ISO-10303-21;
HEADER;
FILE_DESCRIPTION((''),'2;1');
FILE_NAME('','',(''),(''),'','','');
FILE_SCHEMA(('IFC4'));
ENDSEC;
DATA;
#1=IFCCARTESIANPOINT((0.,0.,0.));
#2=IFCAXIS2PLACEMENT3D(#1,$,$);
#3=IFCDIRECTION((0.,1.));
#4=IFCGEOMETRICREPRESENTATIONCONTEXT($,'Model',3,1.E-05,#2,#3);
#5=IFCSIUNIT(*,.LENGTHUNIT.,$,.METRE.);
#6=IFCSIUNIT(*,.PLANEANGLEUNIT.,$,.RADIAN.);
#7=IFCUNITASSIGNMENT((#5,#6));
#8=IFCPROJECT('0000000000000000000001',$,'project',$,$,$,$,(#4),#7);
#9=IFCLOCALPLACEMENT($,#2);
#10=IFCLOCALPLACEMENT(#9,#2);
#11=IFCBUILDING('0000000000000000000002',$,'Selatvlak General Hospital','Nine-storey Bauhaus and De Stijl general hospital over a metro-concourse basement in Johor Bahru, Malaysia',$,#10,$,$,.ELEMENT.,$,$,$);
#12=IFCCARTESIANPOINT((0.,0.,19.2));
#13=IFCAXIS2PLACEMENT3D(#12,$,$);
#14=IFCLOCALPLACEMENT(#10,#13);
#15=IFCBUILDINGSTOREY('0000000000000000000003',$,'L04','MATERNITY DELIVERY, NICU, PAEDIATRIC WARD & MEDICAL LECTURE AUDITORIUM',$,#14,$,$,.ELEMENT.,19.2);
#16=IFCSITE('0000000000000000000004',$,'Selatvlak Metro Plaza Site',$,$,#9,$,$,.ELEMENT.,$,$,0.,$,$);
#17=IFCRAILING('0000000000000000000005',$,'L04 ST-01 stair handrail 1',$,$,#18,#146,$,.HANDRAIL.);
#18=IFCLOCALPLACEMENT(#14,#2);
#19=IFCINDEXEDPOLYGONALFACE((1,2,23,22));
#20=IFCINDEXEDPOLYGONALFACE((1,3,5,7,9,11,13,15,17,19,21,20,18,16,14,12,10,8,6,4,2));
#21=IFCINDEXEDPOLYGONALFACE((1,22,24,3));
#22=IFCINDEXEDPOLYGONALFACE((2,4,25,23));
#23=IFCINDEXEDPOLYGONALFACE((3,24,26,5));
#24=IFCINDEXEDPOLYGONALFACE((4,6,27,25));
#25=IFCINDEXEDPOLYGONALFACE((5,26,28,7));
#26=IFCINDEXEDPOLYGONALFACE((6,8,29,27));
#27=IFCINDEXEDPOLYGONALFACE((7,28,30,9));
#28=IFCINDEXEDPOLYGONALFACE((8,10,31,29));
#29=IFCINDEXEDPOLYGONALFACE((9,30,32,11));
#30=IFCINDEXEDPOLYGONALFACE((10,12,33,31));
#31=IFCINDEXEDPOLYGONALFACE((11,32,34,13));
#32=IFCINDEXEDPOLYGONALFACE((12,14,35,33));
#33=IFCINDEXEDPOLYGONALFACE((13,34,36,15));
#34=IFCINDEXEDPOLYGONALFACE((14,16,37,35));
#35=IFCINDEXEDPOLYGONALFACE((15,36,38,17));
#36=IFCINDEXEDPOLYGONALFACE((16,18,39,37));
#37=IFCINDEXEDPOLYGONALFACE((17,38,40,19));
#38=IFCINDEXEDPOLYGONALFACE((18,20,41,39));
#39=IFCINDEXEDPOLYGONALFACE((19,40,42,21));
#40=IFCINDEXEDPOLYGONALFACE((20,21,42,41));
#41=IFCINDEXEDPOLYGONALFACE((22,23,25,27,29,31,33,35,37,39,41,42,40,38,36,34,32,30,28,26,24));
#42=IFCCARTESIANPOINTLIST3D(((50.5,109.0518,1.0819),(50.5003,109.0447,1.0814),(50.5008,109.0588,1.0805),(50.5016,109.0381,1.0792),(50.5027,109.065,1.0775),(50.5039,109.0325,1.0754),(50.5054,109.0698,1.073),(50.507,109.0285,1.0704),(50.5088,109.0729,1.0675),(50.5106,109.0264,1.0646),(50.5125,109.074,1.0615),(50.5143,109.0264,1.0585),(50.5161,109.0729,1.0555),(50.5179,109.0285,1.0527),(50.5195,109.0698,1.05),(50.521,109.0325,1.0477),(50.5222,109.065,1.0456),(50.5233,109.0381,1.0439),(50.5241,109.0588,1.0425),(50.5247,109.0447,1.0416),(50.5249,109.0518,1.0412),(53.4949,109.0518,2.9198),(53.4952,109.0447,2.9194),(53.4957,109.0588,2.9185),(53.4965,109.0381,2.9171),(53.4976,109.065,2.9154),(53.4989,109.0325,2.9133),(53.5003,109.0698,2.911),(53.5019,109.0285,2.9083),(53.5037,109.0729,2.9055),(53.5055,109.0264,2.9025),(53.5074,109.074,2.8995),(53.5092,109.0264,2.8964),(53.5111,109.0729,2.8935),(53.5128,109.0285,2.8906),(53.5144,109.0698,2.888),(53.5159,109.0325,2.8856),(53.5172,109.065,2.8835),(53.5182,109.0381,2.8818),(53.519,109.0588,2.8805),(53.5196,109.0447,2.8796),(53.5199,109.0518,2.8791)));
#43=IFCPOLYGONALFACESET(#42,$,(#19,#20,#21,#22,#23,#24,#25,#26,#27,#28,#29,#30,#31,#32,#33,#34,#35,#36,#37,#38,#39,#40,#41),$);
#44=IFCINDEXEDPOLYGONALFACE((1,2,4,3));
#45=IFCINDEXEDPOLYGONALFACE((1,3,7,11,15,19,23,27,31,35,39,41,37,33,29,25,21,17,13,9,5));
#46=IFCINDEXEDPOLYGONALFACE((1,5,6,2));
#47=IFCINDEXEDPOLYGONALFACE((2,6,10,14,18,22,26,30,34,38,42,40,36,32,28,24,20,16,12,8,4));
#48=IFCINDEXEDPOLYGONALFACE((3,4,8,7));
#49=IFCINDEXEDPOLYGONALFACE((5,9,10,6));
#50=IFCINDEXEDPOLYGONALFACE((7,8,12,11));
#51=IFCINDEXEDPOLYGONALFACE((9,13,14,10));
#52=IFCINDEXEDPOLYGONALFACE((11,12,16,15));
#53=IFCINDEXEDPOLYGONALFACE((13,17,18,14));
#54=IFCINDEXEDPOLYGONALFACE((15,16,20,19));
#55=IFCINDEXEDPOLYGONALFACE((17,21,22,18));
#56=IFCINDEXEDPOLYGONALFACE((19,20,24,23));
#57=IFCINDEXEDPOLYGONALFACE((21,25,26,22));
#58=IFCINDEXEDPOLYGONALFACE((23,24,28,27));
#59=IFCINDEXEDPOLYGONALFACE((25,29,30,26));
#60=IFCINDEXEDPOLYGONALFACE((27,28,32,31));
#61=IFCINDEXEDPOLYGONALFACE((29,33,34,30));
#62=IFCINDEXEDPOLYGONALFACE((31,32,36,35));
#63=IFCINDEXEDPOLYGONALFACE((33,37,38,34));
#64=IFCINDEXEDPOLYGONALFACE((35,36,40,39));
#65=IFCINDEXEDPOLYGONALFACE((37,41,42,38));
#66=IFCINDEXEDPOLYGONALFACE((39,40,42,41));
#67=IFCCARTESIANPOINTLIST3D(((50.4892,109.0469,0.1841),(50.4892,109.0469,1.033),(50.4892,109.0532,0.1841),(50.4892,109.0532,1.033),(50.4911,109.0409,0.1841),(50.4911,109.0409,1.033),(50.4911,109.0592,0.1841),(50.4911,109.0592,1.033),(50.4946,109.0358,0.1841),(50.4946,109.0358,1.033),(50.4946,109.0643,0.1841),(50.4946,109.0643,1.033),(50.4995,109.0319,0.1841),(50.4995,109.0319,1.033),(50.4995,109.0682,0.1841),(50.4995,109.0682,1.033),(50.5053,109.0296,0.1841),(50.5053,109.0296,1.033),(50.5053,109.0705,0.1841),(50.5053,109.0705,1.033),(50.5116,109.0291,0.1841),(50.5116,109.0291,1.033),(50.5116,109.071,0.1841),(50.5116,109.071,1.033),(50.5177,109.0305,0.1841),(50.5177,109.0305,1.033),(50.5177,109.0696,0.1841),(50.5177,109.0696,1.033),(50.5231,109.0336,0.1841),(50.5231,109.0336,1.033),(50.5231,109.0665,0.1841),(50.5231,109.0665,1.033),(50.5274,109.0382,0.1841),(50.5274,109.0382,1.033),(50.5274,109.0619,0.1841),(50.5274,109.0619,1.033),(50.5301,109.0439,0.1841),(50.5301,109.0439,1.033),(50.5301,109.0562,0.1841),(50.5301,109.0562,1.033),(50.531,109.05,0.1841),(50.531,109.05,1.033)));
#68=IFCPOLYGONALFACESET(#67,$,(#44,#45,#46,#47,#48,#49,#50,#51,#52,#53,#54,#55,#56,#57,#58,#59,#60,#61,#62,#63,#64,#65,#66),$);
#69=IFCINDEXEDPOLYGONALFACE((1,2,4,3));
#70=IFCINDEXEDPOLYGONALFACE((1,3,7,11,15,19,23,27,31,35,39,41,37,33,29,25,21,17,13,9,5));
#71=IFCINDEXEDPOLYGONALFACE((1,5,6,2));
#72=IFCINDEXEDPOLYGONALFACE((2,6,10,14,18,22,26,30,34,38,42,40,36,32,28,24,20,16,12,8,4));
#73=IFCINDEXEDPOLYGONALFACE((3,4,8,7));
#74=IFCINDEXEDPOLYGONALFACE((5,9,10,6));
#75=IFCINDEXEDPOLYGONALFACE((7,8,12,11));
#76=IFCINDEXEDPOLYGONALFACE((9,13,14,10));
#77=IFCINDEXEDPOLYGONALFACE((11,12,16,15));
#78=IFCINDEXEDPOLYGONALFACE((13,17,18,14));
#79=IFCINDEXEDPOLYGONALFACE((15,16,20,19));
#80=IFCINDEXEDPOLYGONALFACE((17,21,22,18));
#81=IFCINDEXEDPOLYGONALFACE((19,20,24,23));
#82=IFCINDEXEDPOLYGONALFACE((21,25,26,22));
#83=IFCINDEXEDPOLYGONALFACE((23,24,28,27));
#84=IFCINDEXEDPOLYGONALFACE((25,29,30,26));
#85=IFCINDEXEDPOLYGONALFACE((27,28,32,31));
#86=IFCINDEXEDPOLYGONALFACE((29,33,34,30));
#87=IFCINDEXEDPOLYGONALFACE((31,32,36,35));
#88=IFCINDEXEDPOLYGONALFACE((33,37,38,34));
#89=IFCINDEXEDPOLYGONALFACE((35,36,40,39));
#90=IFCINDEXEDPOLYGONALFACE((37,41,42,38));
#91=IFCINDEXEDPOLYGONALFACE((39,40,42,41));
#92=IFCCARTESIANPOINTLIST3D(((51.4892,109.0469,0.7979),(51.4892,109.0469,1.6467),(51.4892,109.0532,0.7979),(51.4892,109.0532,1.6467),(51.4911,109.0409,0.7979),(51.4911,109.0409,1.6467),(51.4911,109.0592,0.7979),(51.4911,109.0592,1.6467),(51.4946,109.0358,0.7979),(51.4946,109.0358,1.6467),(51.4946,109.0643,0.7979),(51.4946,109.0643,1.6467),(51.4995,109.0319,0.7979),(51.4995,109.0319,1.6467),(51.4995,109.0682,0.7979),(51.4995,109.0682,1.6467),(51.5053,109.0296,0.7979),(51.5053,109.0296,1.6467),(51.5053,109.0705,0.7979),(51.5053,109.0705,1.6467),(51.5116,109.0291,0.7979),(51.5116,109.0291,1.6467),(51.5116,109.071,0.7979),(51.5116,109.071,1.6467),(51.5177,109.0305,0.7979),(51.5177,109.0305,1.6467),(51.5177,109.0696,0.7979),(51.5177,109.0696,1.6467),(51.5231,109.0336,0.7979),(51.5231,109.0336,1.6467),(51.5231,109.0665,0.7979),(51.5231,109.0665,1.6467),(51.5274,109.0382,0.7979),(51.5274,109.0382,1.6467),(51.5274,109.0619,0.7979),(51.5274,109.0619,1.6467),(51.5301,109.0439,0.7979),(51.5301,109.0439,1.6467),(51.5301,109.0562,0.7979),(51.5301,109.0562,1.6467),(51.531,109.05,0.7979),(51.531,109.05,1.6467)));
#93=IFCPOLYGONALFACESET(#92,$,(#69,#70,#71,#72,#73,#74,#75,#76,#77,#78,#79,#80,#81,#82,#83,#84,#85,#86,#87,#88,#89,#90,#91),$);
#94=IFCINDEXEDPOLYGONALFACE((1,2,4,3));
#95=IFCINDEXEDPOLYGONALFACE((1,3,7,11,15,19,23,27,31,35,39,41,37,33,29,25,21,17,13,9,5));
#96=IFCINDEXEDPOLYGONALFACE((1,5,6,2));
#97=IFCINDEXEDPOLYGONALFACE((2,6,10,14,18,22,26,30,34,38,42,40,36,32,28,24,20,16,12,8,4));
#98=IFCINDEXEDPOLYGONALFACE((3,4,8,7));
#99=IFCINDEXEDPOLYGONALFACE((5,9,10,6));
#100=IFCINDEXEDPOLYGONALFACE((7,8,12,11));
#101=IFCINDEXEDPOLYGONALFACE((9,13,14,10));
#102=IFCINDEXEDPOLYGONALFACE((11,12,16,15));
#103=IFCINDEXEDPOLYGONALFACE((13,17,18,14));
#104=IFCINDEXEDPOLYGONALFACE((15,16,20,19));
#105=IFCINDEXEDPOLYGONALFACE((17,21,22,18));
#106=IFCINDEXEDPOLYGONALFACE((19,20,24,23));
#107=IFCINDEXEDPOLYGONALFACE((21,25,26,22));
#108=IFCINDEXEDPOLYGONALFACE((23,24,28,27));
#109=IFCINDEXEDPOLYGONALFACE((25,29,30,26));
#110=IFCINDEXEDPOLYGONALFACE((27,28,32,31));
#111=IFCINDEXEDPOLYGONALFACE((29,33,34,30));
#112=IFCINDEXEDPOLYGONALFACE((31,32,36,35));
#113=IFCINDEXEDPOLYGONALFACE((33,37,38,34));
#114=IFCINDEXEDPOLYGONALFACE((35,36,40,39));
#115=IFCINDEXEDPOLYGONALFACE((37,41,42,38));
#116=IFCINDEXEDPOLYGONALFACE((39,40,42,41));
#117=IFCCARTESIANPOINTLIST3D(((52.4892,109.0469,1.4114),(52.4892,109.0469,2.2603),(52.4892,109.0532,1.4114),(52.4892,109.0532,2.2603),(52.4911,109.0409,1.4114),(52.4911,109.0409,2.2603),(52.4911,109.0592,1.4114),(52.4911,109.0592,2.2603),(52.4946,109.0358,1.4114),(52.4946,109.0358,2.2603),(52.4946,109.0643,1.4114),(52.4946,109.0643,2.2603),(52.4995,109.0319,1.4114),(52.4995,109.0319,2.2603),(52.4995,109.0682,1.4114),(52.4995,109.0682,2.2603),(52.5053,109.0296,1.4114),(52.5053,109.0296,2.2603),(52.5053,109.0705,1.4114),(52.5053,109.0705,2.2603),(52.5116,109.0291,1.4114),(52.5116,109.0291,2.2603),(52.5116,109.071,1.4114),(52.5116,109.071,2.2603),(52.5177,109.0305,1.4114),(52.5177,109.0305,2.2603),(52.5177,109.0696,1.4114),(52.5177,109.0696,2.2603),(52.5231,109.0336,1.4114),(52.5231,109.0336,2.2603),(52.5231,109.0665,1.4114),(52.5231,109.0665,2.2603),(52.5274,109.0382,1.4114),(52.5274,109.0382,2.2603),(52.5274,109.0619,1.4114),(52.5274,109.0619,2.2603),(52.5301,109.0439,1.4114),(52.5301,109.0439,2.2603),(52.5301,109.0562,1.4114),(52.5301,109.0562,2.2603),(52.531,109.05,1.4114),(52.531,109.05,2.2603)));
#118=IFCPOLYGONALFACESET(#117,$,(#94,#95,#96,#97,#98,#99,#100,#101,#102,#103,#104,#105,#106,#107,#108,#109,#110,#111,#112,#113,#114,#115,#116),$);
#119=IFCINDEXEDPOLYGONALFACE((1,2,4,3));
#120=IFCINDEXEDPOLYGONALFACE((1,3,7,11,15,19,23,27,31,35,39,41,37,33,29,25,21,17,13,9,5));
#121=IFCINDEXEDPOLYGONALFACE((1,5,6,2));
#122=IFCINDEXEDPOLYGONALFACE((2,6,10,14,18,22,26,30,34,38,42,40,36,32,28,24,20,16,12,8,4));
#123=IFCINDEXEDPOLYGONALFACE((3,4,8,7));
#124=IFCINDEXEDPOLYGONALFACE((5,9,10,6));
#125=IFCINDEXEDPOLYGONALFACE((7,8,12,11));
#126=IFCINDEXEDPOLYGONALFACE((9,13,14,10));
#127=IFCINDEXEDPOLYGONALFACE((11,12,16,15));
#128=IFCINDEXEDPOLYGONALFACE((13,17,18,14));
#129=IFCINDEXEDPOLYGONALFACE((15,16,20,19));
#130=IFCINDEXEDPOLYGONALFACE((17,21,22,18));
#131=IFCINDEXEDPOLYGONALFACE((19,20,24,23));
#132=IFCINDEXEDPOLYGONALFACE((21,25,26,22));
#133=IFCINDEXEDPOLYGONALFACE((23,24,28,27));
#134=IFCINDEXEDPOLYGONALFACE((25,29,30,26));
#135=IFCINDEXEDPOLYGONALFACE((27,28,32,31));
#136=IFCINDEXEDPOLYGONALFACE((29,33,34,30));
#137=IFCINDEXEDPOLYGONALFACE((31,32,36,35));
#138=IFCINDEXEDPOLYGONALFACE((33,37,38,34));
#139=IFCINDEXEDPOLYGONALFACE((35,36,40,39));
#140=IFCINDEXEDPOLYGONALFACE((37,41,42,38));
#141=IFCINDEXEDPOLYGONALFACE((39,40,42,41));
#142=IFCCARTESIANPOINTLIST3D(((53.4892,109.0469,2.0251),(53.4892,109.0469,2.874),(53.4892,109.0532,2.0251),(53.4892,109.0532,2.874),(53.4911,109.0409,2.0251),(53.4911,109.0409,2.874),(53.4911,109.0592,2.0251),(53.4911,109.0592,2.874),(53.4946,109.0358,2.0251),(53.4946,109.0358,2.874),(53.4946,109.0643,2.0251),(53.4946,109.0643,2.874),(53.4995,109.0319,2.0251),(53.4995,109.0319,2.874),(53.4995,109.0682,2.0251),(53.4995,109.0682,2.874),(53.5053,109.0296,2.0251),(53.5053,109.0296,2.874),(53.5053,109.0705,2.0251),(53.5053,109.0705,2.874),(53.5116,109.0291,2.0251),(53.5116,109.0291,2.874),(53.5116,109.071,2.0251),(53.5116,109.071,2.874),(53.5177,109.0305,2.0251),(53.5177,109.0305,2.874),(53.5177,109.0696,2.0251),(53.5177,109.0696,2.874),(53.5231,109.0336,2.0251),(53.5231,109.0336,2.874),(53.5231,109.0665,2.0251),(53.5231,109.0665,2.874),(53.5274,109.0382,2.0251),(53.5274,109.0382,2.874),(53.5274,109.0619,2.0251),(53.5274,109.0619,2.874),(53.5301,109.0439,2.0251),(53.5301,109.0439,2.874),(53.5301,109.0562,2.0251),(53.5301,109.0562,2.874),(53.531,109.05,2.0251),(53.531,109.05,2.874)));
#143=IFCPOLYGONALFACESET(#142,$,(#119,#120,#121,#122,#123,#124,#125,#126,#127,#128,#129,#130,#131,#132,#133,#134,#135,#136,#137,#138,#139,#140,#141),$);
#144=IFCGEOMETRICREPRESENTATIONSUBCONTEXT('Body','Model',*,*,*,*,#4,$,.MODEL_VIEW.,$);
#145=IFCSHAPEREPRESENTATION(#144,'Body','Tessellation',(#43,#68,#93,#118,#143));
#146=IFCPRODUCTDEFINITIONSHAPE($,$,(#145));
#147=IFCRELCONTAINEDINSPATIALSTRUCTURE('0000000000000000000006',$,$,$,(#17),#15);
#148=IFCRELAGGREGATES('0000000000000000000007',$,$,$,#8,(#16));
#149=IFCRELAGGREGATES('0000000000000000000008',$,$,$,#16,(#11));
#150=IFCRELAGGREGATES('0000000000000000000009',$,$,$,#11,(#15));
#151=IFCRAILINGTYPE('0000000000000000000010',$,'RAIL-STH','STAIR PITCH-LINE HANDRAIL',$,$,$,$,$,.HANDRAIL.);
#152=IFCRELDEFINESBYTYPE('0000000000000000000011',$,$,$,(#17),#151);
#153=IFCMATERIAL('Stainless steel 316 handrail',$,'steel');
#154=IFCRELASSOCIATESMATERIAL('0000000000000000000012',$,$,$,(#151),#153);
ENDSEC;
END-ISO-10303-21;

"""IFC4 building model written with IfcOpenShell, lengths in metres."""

from ifc_helpers import new_model, si_unit, direction, frame, origin, origin_2d, place, context, subcontext, project, spatial, circle, extrude, material, type_object, element, save


model = new_model("IFC4")

# Units and contexts
model_context = context("Model", 3, precision=1e-05, world=origin(), true_north=direction((0.0, 1.0)))
body_context = subcontext(model_context, "Body", "Model", "MODEL_VIEW")
ifc_project = project(units=[si_unit("LENGTHUNIT", "METRE"), si_unit("PLANEANGLEUNIT", "RADIAN")], contexts=[model_context])

# Site, building, storey
site_placement = place(None, origin())
site = spatial("IfcSite", under=ifc_project, at=site_placement, Name="Selatvlak Metro Plaza Site", CompositionType="ELEMENT", RefElevation=0.0)
building_placement = place(site_placement, origin())
building = spatial("IfcBuilding", under=site, at=building_placement, Name="Selatvlak General Hospital", Description="Nine-storey Bauhaus and De Stijl general hospital over a metro-concourse basement in Johor Bahru, Malaysia", CompositionType="ELEMENT")
storey_placement = place(building_placement, frame((0.0, 0.0, 19.2)))
storey = spatial("IfcBuildingStorey", under=building, at=storey_placement, Name="L04", Description="MATERNITY DELIVERY, NICU, PAEDIATRIC WARD & MEDICAL LECTURE AUDITORIUM", CompositionType="ELEMENT", Elevation=19.2)

# Railing
ifc_material_1 = material(Name="Stainless steel 316 handrail", Category="steel")
railing_type_1 = type_object("IfcRailingType", Name="RAIL-STH", Description="STAIR PITCH-LINE HANDRAIL", PredefinedType="HANDRAIL", material=ifc_material_1)
railing_1_placement = place(storey_placement, frame((50.51, 109.05, 0.1841)))
element("IfcRailing", 1, at=railing_1_placement, inside=storey, type_object=railing_type_1, Name="L04 ST-01 stair handrail 1", PredefinedType="HANDRAIL", context=body_context, shape_type="SweptSolid", body=[
    extrude(circle(Radius=0.0239, at=origin_2d()), frame((0.0024, 0.0, 0.8774), z_axis=(0.852303, 0.0, 0.523048), x_axis=(0.0, 1.0, 0.0)), (0.0, 0.0, 1.0), 3.5139),
    extrude(circle(Radius=0.021, at=origin_2d()), origin(), (0.0, 0.0, 1.0), 0.8489),
    extrude(circle(Radius=0.021, at=origin_2d()), frame((1.0, 0.0, 0.6138)), (0.0, 0.0, 1.0), 0.8489),
    extrude(circle(Radius=0.021, at=origin_2d()), frame((2.0, 0.0, 1.2273)), (0.0, 0.0, 1.0), 0.8489),
    extrude(circle(Radius=0.021, at=origin_2d()), frame((3.0, 0.0, 1.8411)), (0.0, 0.0, 1.0), 0.8489),
])

save(model, "model.ifc")
